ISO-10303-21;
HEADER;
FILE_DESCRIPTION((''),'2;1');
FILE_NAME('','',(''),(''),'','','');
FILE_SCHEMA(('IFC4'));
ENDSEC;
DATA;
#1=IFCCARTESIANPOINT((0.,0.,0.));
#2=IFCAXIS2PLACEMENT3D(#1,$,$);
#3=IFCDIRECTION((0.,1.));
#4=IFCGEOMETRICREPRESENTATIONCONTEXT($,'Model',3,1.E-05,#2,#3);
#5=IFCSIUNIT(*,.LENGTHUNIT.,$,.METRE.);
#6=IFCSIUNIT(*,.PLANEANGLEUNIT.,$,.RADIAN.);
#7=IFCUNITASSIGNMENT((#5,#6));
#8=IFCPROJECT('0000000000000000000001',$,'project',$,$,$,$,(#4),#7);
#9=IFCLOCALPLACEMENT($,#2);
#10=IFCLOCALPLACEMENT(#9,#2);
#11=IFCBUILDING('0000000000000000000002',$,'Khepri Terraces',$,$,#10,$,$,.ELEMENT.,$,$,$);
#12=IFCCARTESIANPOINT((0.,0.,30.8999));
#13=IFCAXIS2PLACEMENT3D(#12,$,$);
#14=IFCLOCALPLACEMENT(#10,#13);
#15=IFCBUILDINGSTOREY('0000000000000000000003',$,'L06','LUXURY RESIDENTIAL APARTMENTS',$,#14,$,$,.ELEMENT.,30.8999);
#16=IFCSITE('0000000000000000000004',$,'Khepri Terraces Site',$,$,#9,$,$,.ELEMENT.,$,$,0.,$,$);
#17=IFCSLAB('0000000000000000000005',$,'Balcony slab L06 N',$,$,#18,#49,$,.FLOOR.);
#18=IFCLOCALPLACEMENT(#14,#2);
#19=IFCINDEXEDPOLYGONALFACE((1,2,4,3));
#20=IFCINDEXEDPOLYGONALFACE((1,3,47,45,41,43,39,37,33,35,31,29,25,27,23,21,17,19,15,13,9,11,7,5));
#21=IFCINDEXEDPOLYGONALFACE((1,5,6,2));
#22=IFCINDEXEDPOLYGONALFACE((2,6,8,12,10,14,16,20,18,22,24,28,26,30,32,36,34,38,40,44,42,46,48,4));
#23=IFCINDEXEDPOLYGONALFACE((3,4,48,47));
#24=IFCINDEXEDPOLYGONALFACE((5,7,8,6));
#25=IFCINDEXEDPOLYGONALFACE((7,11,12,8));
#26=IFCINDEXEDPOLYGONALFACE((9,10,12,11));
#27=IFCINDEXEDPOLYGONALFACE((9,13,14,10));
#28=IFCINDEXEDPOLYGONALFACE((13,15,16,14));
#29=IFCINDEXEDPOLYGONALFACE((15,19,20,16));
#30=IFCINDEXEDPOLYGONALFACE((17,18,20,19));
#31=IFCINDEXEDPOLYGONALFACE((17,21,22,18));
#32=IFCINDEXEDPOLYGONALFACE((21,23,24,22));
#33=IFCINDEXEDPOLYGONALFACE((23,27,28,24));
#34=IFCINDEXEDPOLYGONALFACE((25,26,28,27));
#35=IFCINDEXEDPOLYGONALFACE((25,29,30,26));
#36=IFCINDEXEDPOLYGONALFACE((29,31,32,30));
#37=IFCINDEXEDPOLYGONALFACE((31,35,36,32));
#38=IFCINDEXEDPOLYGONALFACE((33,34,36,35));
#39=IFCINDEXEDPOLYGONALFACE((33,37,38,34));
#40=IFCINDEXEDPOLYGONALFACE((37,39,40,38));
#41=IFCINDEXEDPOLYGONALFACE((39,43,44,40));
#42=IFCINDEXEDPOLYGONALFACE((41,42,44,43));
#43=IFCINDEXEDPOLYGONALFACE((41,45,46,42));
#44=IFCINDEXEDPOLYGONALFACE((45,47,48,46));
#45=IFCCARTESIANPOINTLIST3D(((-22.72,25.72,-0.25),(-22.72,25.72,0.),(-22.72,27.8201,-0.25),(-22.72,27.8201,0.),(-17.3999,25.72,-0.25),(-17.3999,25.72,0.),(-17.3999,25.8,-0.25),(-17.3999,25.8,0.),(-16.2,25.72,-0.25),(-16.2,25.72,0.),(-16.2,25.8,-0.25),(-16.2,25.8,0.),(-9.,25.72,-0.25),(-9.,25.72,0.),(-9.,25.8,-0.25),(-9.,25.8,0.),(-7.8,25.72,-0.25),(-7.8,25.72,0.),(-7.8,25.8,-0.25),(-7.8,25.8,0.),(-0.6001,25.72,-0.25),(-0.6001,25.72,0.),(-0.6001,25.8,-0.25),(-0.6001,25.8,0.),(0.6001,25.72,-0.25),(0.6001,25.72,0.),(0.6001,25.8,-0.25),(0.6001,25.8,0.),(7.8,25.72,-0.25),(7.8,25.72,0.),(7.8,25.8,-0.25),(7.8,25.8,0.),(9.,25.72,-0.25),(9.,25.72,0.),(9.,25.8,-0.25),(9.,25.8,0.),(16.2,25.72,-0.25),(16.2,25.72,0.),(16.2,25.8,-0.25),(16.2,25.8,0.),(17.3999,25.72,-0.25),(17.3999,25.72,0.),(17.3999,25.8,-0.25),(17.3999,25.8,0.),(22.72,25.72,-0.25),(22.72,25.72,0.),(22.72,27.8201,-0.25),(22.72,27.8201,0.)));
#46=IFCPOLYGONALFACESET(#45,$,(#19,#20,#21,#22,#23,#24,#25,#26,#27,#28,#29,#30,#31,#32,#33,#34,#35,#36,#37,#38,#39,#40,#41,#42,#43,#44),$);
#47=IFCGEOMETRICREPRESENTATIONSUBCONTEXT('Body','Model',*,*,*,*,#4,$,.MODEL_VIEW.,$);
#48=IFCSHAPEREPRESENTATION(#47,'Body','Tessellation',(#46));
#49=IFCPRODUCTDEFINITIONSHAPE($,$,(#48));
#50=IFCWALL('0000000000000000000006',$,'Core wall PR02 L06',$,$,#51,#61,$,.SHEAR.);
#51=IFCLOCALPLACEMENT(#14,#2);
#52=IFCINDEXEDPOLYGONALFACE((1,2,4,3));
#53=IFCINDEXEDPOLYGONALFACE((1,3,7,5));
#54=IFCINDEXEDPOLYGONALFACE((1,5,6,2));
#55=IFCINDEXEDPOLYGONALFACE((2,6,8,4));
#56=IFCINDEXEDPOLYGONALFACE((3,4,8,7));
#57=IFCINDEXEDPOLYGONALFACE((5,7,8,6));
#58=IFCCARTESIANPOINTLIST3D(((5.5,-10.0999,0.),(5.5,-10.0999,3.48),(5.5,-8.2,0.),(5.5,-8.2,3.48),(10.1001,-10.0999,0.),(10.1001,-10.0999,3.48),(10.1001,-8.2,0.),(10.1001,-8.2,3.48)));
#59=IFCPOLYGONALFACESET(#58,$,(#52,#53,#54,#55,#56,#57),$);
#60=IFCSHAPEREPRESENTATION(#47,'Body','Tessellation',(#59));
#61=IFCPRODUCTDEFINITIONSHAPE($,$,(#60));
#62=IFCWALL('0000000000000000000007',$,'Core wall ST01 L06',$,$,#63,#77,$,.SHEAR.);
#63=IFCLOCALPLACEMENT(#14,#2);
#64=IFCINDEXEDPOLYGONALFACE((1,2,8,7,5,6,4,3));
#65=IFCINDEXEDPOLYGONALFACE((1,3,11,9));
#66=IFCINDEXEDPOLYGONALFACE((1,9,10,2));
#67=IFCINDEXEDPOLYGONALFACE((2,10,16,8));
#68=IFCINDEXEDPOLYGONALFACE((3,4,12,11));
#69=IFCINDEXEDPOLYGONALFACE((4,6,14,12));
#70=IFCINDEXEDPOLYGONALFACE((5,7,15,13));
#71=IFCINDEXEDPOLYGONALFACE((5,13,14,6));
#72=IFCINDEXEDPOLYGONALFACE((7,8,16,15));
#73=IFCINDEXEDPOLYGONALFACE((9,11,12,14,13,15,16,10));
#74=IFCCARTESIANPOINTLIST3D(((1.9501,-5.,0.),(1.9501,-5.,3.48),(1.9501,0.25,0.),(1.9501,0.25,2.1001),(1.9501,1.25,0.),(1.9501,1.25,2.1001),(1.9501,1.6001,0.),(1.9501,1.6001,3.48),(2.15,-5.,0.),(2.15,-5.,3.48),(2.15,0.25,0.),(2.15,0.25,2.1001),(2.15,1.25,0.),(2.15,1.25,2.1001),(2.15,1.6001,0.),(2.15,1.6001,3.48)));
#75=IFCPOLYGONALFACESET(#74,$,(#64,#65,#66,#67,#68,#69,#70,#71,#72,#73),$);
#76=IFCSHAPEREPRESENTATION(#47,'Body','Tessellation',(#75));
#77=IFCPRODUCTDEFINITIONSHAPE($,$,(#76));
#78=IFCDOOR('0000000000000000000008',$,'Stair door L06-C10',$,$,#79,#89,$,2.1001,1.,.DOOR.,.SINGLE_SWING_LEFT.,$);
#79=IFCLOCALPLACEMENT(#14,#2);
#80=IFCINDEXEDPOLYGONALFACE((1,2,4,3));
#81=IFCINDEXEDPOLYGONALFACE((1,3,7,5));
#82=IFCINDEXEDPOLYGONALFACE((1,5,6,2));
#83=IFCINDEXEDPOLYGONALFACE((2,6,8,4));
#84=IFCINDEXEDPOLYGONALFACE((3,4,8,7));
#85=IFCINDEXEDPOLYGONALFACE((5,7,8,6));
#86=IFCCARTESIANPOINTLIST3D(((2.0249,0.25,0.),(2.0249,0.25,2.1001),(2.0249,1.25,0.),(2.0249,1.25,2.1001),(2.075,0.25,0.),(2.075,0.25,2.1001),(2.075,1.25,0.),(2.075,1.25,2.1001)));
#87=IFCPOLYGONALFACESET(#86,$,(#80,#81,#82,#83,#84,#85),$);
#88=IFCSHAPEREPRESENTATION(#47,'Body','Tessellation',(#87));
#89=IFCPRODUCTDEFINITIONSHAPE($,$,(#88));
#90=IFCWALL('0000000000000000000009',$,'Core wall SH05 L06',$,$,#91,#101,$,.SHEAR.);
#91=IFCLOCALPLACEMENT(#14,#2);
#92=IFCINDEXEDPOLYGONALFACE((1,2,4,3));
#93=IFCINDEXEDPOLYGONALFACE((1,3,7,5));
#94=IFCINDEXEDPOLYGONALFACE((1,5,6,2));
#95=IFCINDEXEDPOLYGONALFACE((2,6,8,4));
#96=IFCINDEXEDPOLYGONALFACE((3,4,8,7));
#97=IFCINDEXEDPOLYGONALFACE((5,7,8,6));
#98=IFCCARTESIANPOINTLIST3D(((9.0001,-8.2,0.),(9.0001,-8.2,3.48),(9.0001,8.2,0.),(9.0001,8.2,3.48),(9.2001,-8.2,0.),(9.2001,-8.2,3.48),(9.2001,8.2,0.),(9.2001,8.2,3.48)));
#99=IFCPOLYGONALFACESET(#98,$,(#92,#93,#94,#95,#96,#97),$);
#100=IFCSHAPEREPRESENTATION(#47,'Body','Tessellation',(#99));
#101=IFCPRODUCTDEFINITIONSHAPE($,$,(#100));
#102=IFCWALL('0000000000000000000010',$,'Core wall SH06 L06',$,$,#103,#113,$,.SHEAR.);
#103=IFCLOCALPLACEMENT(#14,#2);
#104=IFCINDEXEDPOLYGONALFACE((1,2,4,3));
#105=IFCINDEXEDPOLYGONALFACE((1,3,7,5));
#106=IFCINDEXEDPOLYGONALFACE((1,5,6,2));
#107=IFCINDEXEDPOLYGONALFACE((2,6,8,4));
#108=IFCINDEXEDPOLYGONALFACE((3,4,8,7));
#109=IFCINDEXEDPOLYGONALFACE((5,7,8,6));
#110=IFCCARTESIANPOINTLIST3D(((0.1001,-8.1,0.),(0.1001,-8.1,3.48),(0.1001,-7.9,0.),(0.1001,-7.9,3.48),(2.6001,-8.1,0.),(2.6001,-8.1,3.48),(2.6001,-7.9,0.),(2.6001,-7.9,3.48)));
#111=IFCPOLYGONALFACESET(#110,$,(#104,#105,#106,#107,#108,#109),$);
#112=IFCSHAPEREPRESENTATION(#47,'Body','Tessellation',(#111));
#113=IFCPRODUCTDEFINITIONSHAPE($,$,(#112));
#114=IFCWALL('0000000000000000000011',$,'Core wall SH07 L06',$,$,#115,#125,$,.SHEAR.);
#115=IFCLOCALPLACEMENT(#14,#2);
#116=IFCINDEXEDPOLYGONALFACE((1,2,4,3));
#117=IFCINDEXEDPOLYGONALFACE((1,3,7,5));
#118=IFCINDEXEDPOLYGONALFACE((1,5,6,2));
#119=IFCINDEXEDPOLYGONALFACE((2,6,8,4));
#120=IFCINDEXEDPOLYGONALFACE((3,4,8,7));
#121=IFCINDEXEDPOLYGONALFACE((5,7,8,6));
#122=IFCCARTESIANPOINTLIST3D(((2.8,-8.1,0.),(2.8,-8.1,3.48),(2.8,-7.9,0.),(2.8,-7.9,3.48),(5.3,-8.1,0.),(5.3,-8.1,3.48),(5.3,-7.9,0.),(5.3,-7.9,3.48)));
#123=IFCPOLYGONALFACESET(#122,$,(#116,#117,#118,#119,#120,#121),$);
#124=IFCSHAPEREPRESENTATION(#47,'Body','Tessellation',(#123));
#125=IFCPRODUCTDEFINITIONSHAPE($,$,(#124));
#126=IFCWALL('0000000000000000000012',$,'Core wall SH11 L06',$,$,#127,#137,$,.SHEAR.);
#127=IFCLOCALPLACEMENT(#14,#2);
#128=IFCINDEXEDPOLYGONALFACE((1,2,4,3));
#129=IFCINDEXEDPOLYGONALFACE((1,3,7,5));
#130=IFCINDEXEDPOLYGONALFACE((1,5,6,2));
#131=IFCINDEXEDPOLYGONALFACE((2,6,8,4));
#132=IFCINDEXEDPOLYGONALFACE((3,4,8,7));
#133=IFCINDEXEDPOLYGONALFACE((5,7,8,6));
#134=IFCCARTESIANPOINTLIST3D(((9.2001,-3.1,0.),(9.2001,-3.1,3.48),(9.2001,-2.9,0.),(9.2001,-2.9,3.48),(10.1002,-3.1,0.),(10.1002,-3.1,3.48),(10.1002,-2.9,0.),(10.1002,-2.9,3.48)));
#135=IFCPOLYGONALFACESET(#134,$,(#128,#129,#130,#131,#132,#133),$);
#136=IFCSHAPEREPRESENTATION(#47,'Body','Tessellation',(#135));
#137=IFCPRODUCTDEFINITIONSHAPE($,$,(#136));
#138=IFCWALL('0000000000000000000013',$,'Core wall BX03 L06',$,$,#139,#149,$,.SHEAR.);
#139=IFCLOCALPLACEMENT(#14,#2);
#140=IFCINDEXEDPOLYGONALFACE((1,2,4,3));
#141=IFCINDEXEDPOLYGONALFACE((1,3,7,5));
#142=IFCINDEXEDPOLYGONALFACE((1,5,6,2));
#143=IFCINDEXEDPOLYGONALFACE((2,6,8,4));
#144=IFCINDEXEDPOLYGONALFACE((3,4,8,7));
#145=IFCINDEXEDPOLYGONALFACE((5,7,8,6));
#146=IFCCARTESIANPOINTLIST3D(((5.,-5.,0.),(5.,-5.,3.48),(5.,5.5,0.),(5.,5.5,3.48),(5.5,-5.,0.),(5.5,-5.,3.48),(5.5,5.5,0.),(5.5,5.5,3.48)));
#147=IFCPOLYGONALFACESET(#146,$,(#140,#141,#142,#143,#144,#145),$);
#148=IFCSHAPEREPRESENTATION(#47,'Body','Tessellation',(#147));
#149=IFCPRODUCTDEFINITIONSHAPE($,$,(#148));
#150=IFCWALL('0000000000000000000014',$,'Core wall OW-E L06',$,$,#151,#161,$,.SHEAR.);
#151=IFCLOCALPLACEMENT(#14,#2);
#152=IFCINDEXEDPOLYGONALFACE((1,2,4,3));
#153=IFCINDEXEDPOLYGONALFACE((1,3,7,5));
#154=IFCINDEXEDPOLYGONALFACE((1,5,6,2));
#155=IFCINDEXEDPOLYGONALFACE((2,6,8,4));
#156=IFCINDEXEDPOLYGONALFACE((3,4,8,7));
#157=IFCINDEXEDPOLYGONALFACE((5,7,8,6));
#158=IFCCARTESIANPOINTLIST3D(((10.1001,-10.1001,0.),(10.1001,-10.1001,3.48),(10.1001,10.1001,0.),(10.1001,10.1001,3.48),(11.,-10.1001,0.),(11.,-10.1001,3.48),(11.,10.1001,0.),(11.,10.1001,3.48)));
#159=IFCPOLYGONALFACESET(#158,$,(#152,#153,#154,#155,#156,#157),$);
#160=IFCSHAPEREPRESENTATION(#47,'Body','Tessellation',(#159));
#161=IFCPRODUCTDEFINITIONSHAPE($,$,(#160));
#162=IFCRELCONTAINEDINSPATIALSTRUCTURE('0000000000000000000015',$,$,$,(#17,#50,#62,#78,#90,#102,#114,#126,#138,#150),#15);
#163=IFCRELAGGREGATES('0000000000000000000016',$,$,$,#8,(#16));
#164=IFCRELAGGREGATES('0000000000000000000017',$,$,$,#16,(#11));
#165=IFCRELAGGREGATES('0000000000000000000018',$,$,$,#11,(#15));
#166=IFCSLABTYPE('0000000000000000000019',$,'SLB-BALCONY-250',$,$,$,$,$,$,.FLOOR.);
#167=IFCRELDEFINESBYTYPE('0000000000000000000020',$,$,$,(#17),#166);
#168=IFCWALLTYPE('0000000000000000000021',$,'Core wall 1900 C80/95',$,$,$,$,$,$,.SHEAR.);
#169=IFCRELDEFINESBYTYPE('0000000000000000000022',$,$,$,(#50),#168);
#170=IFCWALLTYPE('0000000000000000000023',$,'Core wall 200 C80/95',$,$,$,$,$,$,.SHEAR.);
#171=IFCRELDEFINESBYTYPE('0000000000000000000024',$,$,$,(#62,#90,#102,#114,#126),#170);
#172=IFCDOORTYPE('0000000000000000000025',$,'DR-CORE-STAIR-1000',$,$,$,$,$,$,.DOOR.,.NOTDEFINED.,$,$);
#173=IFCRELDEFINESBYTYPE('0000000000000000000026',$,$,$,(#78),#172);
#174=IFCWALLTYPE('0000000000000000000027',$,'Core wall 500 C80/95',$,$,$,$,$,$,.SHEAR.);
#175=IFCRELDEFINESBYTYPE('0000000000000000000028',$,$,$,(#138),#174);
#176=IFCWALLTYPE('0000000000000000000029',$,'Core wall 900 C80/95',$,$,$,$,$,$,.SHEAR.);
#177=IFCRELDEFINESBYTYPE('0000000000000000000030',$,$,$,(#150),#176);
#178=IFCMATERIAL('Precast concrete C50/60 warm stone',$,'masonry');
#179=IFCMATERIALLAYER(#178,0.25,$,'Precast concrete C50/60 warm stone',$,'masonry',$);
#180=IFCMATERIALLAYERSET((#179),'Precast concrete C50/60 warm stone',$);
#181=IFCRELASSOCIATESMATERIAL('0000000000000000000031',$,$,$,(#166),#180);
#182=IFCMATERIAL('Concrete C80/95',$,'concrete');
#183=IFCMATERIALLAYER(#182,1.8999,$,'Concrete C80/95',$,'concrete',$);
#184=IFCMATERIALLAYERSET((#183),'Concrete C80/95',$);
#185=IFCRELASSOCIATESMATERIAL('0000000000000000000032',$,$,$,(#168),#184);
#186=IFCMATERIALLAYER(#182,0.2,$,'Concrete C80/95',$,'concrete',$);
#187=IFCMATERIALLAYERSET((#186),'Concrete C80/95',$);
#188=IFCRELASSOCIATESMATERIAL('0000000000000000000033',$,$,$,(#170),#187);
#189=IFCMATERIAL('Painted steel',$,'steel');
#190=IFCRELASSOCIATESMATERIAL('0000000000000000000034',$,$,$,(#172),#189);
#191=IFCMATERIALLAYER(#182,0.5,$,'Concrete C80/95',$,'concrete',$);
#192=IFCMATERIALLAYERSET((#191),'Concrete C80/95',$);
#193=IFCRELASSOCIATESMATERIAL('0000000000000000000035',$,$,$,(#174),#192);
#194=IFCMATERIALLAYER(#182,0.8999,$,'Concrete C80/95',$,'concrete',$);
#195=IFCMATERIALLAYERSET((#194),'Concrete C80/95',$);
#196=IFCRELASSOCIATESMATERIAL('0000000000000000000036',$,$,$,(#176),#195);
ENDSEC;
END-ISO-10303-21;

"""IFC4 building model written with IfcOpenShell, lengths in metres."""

from ifc_helpers import new_model, si_unit, direction, frame, frame_2d, origin, place, context, subcontext, project, spatial, polyline, rectangle, outline, extrude, material, layer, layer_set, type_object, element, fill, save


model = new_model("IFC4")

# Units and contexts
model_context = context("Model", 3, precision=1e-05, world=origin(), true_north=direction((0.0, 1.0)))
body_context = subcontext(model_context, "Body", "Model", "MODEL_VIEW")
ifc_project = project(units=[si_unit("LENGTHUNIT", "METRE"), si_unit("PLANEANGLEUNIT", "RADIAN")], contexts=[model_context])

# Site, building, storey
site_placement = place(None, origin())
site = spatial("IfcSite", under=ifc_project, at=site_placement, Name="Khepri Terraces Site", CompositionType="ELEMENT", RefElevation=0.0)
building_placement = place(site_placement, origin())
building = spatial("IfcBuilding", under=site, at=building_placement, Name="Khepri Terraces", CompositionType="ELEMENT")
storey_placement = place(building_placement, frame((0.0, 0.0, 30.8999)))
storey = spatial("IfcBuildingStorey", under=building, at=storey_placement, Name="L06", Description="LUXURY RESIDENTIAL APARTMENTS", CompositionType="ELEMENT", Elevation=30.8999)

# Slab
ifc_material_1 = material(Name="Precast concrete C50/60 warm stone", Category="masonry")
ifc_layer_1 = layer(ifc_material_1, 0.25, Name="Precast concrete C50/60 warm stone", Category="masonry")
ifc_layer_set_1 = layer_set([ifc_layer_1], Name="Precast concrete C50/60 warm stone")
slab_type = type_object("IfcSlabType", Name="SLB-BALCONY-250", PredefinedType="FLOOR", material=ifc_layer_set_1)
slab_placement = place(storey_placement, frame((0.0, 0.0, -0.25)))
element("IfcSlab", 1, at=slab_placement, inside=storey, type_object=slab_type, Name="Balcony slab L06 N", PredefinedType="FLOOR", context=body_context, shape_type="SweptSolid", body=[
    extrude(outline(polyline([(17.3999, 25.72), (22.72, 25.72), (22.72, 27.8201), (-22.72, 27.8201), (-22.72, 25.72), (-17.3999, 25.72), (-17.3999, 25.8), (-16.2, 25.8), (-16.2, 25.72), (-9.0, 25.72), (-9.0, 25.8), (-7.8, 25.8), (-7.8, 25.72), (-0.6001, 25.72), (-0.6001, 25.8), (0.6001, 25.8), (0.6001, 25.72), (7.8, 25.72), (7.8, 25.8), (9.0, 25.8), (9.0, 25.72), (16.2, 25.72), (16.2, 25.8), (17.3999, 25.8), (17.3999, 25.72)])), origin(), (0.0, 0.0, 1.0), 0.25),
])

# Wall
ifc_material_2 = material(Name="Concrete C80/95", Category="concrete")
ifc_layer_2 = layer(ifc_material_2, 1.8999, Name="Concrete C80/95", Category="concrete")
ifc_layer_set_2 = layer_set([ifc_layer_2], Name="Concrete C80/95")
wall_type_1 = type_object("IfcWallType", Name="Core wall 1900 C80/95", PredefinedType="SHEAR", material=ifc_layer_set_2)
wall_1_placement = place(storey_placement, frame((5.5, -9.1499, 0.0), z_axis=(0.0, 0.0, 1.0), x_axis=(1.0, 0.0, 0.0)))
element("IfcWall", 2, at=wall_1_placement, inside=storey, type_object=wall_type_1, Name="Core wall PR02 L06", PredefinedType="SHEAR", context=body_context, shape_type="SweptSolid", body=[
    extrude(rectangle(XDim=4.6001, YDim=1.8999, at=frame_2d((2.3, 0.0))), origin(), (0.0, 0.0, 1.0), 3.48),
])

# Wall, opening, door
ifc_layer_3 = layer(ifc_material_2, 0.2, Name="Concrete C80/95", Category="concrete")
ifc_layer_set_3 = layer_set([ifc_layer_3], Name="Concrete C80/95")
wall_type_2 = type_object("IfcWallType", Name="Core wall 200 C80/95", PredefinedType="SHEAR", material=ifc_layer_set_3)
wall_2_placement = place(storey_placement, frame((2.05, -5.0, 0.0), z_axis=(0.0, 0.0, 1.0), x_axis=(0.0, 1.0, 0.0)))
wall_2 = element("IfcWall", 3, at=wall_2_placement, inside=storey, type_object=wall_type_2, Name="Core wall ST01 L06", PredefinedType="SHEAR", context=body_context, shape_type="SweptSolid", body=[
    extrude(rectangle(XDim=6.6001, YDim=0.2, at=frame_2d((3.3, 0.0))), origin(), (0.0, 0.0, 1.0), 3.48),
])
opening_1_placement = place(wall_2_placement, frame((5.25, 0.0, 0.0)))
opening_1 = element("IfcOpeningElement", 4, at=opening_1_placement, cuts=wall_2, PredefinedType="OPENING", context=body_context, shape_type="SweptSolid", body=[
    extrude(rectangle(XDim=1.0, YDim=2.1001, at=frame_2d((0.5, 1.05))), frame((0.0, 0.1099, 0.0), z_axis=(0.0, -1.0, 0.0), x_axis=(1.0, 0.0, 0.0)), (0.0, 0.0, 1.0), 0.22),
])
ifc_material_3 = material(Name="Painted steel", Category="steel")
door_type_1 = type_object("IfcDoorType", Name="DR-CORE-STAIR-1000", OperationType="NOTDEFINED", PredefinedType="DOOR", material=ifc_material_3)
door_1_placement = place(opening_1_placement, frame((1.0, 0.0, 0.0), z_axis=(0.0, 0.0, 1.0), x_axis=(-1.0, 0.0, 0.0)))
door_1 = element("IfcDoor", 5, at=door_1_placement, inside=storey, type_object=door_type_1, Name="Stair door L06-C10", OperationType="SINGLE_SWING_LEFT", OverallHeight=2.1001, OverallWidth=1.0, PredefinedType="DOOR", context=body_context, shape_type="SweptSolid", body=[
    extrude(rectangle(XDim=1.0, YDim=2.1001, at=frame_2d((0.5, 1.05))), frame((0.0, 0.0249, 0.0), z_axis=(0.0, -1.0, 0.0), x_axis=(1.0, 0.0, 0.0)), (0.0, 0.0, 1.0), 0.05),
])
fill(opening_1, door_1)

# Walls
wall_3_placement = place(storey_placement, frame((9.1001, -8.2, 0.0), z_axis=(0.0, 0.0, 1.0), x_axis=(0.0, 1.0, 0.0)))
element("IfcWall", 6, at=wall_3_placement, inside=storey, type_object=wall_type_2, Name="Core wall SH05 L06", PredefinedType="SHEAR", context=body_context, shape_type="SweptSolid", body=[
    extrude(rectangle(XDim=16.3999, YDim=0.2, at=frame_2d((8.2, 0.0))), origin(), (0.0, 0.0, 1.0), 3.48),
])
for number, where, z_axis, x_axis, name in (
    (7, (0.1001, -8.0, 0.0), (0.0, 0.0, 1.0), (1.0, 0.0, 0.0), "Core wall SH06 L06"),
    (8, (2.8, -8.0, 0.0), (0.0, 0.0, 1.0), (1.0, 0.0, 0.0), "Core wall SH07 L06"),
):
    element("IfcWall", number, at=place(storey_placement, frame(where, z_axis=z_axis, x_axis=x_axis)), inside=storey, type_object=wall_type_2, Name=name, PredefinedType="SHEAR", context=body_context, shape_type="SweptSolid", body=[
        extrude(rectangle(XDim=2.5, YDim=0.2, at=frame_2d((1.25, 0.0))), origin(), (0.0, 0.0, 1.0), 3.48),
    ])
wall_4_placement = place(storey_placement, frame((9.2, -3.0, 0.0), z_axis=(0.0, 0.0, 1.0), x_axis=(1.0, 0.0, 0.0)))
element("IfcWall", 9, at=wall_4_placement, inside=storey, type_object=wall_type_2, Name="Core wall SH11 L06", PredefinedType="SHEAR", context=body_context, shape_type="SweptSolid", body=[
    extrude(rectangle(XDim=0.9001, YDim=0.2, at=frame_2d((0.4502, 0.0))), origin(), (0.0, 0.0, 1.0), 3.48),
])
ifc_layer_4 = layer(ifc_material_2, 0.5, Name="Concrete C80/95", Category="concrete")
ifc_layer_set_4 = layer_set([ifc_layer_4], Name="Concrete C80/95")
wall_type_3 = type_object("IfcWallType", Name="Core wall 500 C80/95", PredefinedType="SHEAR", material=ifc_layer_set_4)
wall_5_placement = place(storey_placement, frame((5.25, -5.0, 0.0), z_axis=(0.0, 0.0, 1.0), x_axis=(0.0, 1.0, 0.0)))
element("IfcWall", 10, at=wall_5_placement, inside=storey, type_object=wall_type_3, Name="Core wall BX03 L06", PredefinedType="SHEAR", context=body_context, shape_type="SweptSolid", body=[
    extrude(rectangle(XDim=10.5, YDim=0.5, at=frame_2d((5.25, 0.0))), origin(), (0.0, 0.0, 1.0), 3.48),
])
ifc_layer_5 = layer(ifc_material_2, 0.8999, Name="Concrete C80/95", Category="concrete")
ifc_layer_set_5 = layer_set([ifc_layer_5], Name="Concrete C80/95")
wall_type_4 = type_object("IfcWallType", Name="Core wall 900 C80/95", PredefinedType="SHEAR", material=ifc_layer_set_5)
wall_6_placement = place(storey_placement, frame((10.55, -10.1001, 0.0), z_axis=(0.0, 0.0, 1.0), x_axis=(0.0, 1.0, 0.0)))
element("IfcWall", 11, at=wall_6_placement, inside=storey, type_object=wall_type_4, Name="Core wall OW-E L06", PredefinedType="SHEAR", context=body_context, shape_type="SweptSolid", body=[
    extrude(rectangle(XDim=20.2002, YDim=0.8999, at=frame_2d((10.1001, 0.0))), origin(), (0.0, 0.0, 1.0), 3.48),
])

save(model, "model.ifc")
